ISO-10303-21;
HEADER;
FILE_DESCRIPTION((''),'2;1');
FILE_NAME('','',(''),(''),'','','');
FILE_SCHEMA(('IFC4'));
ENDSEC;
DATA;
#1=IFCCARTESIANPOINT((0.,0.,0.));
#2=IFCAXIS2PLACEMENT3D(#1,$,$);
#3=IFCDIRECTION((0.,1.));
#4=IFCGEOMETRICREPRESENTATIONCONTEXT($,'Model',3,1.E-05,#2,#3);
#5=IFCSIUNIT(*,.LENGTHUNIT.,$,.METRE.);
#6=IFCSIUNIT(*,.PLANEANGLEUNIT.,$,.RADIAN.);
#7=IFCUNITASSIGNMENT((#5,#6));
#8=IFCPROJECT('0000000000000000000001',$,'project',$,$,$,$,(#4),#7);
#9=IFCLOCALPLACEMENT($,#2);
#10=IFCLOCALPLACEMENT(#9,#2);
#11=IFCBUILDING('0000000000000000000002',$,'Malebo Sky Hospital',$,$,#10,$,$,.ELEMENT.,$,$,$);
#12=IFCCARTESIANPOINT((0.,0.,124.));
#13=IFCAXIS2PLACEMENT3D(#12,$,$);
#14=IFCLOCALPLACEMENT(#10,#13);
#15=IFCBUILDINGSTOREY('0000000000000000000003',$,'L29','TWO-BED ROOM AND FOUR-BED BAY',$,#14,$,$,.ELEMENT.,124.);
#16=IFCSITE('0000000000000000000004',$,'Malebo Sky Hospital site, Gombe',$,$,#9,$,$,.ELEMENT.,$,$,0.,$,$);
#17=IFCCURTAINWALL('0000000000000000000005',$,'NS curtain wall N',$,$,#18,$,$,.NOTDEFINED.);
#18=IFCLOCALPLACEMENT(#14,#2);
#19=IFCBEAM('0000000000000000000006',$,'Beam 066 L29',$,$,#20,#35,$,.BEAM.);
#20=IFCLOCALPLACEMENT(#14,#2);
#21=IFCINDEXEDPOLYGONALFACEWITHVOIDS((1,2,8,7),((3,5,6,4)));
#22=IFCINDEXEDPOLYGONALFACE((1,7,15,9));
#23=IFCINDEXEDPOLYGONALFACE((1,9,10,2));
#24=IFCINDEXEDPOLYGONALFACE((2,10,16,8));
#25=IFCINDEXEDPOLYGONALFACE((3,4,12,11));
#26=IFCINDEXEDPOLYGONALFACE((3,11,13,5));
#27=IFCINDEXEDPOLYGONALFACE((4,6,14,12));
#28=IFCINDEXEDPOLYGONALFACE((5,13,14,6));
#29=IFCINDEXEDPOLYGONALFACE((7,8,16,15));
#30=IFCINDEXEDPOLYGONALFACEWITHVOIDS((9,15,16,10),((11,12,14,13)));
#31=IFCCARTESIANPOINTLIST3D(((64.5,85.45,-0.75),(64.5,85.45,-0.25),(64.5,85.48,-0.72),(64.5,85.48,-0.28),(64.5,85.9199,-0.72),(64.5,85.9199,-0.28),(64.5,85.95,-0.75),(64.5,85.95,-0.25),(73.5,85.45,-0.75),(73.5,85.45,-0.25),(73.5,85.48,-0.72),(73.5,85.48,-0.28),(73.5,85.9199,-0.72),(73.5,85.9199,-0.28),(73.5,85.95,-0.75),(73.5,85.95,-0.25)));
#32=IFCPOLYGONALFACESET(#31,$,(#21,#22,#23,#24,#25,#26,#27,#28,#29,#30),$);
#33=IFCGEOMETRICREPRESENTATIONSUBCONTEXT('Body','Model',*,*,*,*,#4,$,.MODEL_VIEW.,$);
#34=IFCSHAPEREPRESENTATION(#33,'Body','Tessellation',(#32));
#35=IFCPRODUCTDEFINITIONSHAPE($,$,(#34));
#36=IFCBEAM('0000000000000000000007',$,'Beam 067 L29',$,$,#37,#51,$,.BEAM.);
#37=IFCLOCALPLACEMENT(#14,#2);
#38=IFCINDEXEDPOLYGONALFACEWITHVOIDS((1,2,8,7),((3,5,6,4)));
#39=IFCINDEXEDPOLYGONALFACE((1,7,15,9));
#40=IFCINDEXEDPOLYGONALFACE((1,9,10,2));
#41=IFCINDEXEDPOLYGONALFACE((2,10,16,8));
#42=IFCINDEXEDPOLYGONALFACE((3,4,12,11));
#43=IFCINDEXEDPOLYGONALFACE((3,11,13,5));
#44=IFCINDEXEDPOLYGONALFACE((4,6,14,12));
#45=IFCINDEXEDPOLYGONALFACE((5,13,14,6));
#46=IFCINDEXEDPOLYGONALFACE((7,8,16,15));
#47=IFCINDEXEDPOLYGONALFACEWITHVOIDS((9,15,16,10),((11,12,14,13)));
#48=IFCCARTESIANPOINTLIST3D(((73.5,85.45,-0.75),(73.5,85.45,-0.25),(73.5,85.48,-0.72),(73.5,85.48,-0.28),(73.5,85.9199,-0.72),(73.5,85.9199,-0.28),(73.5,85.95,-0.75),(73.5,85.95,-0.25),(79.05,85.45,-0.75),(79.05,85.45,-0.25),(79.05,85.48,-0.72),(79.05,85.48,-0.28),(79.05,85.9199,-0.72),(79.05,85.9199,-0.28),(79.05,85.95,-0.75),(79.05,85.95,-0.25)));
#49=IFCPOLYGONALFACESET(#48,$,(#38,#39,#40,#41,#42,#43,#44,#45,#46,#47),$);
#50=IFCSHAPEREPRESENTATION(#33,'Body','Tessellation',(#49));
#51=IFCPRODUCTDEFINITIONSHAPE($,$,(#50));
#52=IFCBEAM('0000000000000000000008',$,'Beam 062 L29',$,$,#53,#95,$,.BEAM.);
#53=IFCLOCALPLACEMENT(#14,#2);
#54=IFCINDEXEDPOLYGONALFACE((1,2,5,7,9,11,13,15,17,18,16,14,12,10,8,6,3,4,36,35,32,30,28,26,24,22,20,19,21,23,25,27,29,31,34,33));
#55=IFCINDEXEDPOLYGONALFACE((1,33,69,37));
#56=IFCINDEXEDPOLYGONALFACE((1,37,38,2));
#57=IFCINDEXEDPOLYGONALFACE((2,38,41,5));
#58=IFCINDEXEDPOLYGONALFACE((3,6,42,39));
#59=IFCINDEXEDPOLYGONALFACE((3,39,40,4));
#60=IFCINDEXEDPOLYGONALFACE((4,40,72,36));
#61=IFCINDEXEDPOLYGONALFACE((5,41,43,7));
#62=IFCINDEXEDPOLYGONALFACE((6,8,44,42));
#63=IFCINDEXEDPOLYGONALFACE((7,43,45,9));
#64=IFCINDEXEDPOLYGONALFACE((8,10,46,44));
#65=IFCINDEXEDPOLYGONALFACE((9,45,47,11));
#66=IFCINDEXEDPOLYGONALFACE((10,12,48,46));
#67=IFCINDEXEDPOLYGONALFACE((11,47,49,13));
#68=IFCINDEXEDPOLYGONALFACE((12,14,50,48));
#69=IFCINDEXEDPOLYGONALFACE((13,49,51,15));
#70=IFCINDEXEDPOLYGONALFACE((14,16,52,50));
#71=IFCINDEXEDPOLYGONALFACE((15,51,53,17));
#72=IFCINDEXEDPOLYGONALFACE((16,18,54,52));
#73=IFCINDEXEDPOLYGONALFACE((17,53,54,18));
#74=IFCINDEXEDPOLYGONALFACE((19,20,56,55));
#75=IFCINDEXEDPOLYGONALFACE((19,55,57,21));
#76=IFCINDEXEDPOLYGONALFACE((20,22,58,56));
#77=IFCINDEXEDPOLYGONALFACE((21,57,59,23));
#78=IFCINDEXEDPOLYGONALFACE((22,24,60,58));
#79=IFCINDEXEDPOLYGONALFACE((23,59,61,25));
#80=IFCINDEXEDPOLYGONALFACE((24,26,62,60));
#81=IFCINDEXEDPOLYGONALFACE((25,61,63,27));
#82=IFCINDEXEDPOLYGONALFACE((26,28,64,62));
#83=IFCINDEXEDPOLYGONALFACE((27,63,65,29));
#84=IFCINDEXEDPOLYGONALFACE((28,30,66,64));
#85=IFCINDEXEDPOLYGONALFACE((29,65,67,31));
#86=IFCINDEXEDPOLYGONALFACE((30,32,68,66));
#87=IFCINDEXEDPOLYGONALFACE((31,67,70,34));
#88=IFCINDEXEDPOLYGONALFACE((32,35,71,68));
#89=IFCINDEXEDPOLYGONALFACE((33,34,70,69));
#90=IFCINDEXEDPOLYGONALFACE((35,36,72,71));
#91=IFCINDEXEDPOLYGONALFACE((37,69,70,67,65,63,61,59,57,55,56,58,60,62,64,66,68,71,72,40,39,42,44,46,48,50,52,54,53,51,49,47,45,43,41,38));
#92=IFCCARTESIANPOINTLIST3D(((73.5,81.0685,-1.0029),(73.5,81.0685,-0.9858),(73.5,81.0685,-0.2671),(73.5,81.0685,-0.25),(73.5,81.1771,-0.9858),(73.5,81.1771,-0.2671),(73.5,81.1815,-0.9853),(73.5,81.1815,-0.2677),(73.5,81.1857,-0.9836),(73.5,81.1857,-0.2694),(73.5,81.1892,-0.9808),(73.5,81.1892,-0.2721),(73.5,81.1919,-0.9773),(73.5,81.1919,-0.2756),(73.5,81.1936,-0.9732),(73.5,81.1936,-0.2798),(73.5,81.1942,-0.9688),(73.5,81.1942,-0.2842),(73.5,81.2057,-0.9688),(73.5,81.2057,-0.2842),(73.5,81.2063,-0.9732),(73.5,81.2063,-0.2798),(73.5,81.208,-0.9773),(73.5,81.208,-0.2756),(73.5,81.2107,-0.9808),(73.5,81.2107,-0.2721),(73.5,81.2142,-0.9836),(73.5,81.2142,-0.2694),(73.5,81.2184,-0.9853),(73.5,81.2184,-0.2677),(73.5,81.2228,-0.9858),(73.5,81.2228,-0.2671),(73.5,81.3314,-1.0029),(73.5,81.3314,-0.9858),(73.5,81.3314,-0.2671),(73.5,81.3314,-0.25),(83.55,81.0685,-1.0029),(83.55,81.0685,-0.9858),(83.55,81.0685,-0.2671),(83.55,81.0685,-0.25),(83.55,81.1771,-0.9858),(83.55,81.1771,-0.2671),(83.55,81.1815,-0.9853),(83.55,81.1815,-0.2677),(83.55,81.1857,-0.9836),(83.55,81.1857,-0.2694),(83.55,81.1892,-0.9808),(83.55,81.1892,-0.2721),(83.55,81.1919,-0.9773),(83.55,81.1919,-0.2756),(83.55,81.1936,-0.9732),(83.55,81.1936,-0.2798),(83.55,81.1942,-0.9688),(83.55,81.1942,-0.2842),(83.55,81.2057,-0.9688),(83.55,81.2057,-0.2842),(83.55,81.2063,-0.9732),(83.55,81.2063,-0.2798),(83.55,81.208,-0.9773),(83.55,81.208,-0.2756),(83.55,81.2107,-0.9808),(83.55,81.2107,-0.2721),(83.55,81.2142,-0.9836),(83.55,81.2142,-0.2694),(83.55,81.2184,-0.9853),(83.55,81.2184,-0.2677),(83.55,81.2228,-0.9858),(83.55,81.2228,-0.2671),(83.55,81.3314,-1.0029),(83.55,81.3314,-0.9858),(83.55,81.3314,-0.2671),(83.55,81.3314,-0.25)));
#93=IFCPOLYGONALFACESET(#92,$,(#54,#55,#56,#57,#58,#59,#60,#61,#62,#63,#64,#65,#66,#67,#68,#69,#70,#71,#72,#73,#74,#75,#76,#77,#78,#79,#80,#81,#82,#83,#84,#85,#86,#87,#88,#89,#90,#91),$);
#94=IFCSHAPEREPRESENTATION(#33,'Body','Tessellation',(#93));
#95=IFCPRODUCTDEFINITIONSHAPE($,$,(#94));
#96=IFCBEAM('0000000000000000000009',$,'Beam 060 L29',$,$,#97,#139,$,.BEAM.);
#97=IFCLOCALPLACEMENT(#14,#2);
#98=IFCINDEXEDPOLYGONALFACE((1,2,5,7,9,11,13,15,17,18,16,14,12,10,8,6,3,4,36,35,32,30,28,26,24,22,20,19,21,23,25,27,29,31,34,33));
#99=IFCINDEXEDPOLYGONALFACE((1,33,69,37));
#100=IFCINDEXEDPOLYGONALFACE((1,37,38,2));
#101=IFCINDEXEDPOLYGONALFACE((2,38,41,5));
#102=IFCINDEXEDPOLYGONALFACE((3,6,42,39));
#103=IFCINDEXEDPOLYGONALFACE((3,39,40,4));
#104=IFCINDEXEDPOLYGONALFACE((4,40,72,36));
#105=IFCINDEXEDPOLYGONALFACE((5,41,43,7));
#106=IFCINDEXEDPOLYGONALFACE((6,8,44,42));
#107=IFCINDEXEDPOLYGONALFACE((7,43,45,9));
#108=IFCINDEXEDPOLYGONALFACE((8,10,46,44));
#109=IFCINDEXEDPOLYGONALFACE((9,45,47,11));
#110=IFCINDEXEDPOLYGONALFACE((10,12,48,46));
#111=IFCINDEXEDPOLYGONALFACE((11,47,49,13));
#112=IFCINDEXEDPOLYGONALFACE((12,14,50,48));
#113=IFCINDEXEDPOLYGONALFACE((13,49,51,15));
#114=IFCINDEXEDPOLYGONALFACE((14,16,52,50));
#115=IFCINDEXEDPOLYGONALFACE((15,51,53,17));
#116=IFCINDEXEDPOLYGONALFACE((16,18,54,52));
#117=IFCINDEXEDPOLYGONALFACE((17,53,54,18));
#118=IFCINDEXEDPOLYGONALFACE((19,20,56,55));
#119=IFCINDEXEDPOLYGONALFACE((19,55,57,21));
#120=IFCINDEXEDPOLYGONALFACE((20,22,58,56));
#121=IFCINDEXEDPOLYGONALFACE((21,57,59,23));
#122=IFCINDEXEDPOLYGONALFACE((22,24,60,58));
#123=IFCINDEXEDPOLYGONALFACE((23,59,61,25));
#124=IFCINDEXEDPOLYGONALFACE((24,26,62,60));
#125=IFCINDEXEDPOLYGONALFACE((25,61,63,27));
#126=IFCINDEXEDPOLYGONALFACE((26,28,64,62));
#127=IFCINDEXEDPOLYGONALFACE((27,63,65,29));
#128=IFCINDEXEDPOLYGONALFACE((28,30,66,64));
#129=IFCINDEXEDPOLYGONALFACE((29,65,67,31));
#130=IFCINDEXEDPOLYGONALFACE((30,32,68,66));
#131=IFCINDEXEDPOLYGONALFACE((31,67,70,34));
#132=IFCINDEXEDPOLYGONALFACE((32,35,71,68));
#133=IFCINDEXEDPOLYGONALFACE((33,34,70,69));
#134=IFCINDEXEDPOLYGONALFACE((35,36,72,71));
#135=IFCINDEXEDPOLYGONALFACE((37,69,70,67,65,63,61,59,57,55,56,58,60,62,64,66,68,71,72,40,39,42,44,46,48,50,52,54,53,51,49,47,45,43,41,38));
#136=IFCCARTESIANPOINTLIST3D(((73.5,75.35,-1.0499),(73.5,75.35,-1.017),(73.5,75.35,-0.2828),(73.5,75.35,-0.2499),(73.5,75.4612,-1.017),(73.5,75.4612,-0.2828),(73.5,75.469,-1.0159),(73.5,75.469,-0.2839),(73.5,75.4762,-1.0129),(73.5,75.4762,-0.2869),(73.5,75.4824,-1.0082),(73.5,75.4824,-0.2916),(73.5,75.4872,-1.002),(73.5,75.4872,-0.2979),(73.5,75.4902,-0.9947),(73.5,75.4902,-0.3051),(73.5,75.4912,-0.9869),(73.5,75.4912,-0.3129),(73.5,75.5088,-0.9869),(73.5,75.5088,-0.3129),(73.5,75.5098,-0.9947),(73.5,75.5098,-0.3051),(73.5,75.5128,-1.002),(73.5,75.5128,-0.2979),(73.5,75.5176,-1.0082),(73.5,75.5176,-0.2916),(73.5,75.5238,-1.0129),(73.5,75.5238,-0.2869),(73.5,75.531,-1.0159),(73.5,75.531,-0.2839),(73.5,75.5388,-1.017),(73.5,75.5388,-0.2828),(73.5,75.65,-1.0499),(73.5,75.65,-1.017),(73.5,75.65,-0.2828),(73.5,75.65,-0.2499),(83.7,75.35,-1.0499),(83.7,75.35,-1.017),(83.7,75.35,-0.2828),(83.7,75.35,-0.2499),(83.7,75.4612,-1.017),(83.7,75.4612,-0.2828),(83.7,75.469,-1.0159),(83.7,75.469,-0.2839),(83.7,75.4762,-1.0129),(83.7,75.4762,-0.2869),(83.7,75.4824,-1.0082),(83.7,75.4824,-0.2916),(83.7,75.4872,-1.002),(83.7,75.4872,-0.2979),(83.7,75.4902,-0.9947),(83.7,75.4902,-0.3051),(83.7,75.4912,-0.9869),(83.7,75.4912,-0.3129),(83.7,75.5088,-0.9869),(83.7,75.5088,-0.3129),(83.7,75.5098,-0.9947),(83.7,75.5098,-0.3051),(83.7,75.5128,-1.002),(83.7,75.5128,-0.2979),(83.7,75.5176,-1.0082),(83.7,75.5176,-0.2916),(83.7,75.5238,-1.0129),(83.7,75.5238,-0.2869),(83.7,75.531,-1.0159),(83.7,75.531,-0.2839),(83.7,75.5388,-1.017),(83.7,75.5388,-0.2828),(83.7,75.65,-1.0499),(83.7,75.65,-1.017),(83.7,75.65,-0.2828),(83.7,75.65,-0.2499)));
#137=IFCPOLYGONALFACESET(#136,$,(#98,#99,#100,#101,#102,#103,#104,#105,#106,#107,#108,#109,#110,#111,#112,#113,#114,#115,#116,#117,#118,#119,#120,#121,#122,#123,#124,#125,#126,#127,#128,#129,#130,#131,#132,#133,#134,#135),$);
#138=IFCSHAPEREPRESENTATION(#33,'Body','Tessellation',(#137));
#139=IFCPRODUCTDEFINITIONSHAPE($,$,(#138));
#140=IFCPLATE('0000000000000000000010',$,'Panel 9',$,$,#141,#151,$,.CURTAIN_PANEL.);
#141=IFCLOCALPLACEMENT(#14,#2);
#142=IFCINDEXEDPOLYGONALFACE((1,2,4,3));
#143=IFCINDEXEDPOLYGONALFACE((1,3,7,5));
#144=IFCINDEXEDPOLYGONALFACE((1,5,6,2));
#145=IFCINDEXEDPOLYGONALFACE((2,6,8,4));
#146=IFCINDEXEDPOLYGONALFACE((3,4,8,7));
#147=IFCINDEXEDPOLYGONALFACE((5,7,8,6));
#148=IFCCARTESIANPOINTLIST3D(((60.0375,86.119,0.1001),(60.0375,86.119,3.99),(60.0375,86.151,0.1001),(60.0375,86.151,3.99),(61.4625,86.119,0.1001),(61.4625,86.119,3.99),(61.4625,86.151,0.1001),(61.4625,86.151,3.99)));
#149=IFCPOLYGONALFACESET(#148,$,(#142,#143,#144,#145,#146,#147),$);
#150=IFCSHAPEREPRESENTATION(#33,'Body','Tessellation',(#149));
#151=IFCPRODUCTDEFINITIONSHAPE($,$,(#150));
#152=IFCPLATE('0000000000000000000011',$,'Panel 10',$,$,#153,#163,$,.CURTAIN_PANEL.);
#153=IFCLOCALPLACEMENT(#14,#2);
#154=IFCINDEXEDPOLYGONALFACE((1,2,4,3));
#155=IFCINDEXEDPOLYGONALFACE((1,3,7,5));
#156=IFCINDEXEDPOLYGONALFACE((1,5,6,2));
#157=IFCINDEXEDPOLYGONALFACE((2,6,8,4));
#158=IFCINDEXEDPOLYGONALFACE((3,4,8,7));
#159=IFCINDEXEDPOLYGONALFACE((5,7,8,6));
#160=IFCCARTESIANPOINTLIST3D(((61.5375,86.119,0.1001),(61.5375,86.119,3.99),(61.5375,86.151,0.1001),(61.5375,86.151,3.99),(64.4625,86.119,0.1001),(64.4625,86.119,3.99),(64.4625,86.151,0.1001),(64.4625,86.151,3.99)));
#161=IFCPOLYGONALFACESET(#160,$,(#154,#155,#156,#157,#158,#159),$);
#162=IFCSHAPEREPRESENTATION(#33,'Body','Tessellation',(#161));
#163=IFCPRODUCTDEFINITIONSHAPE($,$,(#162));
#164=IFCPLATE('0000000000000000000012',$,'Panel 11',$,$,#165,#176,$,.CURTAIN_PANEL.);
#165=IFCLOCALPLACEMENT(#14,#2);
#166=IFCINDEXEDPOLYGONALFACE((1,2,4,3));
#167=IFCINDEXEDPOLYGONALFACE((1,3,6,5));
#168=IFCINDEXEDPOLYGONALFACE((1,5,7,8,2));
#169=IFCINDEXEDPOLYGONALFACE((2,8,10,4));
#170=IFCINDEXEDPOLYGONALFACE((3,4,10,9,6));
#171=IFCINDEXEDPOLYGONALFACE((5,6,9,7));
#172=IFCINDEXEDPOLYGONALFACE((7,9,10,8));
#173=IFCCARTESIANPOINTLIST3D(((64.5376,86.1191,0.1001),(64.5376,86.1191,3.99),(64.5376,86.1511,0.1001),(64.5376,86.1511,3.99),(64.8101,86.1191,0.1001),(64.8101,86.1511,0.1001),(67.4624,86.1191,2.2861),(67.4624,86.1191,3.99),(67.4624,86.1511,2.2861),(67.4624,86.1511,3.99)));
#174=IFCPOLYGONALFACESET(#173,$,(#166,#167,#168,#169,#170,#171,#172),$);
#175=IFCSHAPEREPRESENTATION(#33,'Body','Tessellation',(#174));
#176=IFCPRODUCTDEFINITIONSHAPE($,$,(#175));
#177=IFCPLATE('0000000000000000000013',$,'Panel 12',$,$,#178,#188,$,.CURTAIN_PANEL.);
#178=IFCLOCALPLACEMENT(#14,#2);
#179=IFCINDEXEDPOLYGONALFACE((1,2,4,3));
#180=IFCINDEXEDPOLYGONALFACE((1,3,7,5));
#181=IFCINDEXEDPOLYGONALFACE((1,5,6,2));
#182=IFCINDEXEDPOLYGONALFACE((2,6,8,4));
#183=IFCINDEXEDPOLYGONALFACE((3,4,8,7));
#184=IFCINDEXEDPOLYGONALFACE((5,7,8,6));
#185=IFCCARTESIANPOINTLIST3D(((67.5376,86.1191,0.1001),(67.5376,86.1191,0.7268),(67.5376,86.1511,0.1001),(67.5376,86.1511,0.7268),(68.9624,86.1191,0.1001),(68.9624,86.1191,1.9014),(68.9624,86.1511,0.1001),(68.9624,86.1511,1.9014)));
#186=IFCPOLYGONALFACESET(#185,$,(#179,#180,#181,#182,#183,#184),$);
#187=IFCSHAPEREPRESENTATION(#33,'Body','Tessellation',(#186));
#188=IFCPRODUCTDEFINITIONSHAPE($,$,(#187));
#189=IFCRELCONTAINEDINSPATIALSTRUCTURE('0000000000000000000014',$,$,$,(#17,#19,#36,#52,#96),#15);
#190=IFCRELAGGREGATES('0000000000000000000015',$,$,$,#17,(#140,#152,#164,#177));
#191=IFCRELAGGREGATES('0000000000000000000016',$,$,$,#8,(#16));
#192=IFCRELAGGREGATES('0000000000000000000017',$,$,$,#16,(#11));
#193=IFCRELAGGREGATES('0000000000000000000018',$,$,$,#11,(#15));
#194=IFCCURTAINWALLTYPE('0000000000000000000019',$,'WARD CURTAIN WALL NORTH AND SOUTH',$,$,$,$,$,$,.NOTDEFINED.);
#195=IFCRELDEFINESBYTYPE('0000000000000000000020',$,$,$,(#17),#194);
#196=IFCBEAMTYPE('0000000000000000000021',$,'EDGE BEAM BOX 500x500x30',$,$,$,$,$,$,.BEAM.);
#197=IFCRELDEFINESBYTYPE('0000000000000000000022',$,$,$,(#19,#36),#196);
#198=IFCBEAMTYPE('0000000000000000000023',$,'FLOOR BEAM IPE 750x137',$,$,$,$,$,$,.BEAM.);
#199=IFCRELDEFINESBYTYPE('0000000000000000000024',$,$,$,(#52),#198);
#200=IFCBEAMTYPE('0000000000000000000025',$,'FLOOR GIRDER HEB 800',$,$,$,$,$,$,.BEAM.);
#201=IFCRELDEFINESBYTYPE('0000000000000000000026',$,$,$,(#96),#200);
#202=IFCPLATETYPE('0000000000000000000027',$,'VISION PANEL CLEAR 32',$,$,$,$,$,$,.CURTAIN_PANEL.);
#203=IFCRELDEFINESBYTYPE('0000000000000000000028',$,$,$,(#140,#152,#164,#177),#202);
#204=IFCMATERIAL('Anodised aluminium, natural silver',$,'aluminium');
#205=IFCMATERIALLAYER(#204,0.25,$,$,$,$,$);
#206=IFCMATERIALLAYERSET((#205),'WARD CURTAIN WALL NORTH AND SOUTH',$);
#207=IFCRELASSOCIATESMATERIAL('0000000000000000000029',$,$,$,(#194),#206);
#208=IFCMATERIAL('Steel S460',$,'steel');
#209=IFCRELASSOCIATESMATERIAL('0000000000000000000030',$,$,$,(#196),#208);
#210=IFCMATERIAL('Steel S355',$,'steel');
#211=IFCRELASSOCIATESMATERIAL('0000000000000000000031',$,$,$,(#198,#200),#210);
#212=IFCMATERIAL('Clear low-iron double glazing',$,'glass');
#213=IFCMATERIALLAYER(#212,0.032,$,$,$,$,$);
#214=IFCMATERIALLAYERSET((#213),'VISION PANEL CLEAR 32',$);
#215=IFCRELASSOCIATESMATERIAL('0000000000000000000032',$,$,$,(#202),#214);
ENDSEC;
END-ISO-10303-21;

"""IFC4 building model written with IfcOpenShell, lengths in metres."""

from ifc_helpers import new_model, si_unit, direction, frame, origin, origin_2d, place, context, subcontext, project, spatial, polyline, rectangle, hollow_rectangle, i_section, outline, extrude, material, layer, layer_set, material_profile, profile_set, type_object, element, aggregate, save


model = new_model("IFC4")

# Units and contexts
model_context = context("Model", 3, precision=1e-05, world=origin(), true_north=direction((0.0, 1.0)))
body_context = subcontext(model_context, "Body", "Model", "MODEL_VIEW")
ifc_project = project(units=[si_unit("LENGTHUNIT", "METRE"), si_unit("PLANEANGLEUNIT", "RADIAN")], contexts=[model_context])

# Site, building, storey
site_placement = place(None, origin())
site = spatial("IfcSite", under=ifc_project, at=site_placement, Name="Malebo Sky Hospital site, Gombe", CompositionType="ELEMENT", RefElevation=0.0)
building_placement = place(site_placement, origin())
building = spatial("IfcBuilding", under=site, at=building_placement, Name="Malebo Sky Hospital", CompositionType="ELEMENT")
storey_placement = place(building_placement, frame((0.0, 0.0, 124.0)))
storey = spatial("IfcBuildingStorey", under=building, at=storey_placement, Name="L29", Description="TWO-BED ROOM AND FOUR-BED BAY", CompositionType="ELEMENT", Elevation=124.0)

# Shared definitions
ifc_material_1 = material(Name="Steel S460", Category="steel")

# Curtain wall
ifc_material_2 = material(Name="Anodised aluminium, natural silver", Category="aluminium")
ifc_layer_1 = layer(ifc_material_2, 0.25)
ifc_layer_set_1 = layer_set([ifc_layer_1], Name="WARD CURTAIN WALL NORTH AND SOUTH")
curtain_wall_type = type_object("IfcCurtainWallType", Name="WARD CURTAIN WALL NORTH AND SOUTH", PredefinedType="NOTDEFINED", material=ifc_layer_set_1)
curtain_wall_placement = place(storey_placement, origin())
curtain_wall = element("IfcCurtainWall", 1, at=curtain_wall_placement, inside=storey, type_object=curtain_wall_type, Name="NS curtain wall N", PredefinedType="NOTDEFINED")

# Shared definitions
ifc_material_3 = material(Name="Steel S355", Category="steel")

# Beams
ifc_material_profile_1 = material_profile(ifc_material_1, hollow_rectangle(XDim=0.5, YDim=0.5, WallThickness=0.03, at=origin_2d()), Name="BOX 500x500x30")
ifc_profile_set_1 = profile_set([ifc_material_profile_1], Name="Steel S460")
beam_type_1 = type_object("IfcBeamType", Name="EDGE BEAM BOX 500x500x30", PredefinedType="BEAM", material=ifc_profile_set_1)
beam_1_placement = place(storey_placement, frame((64.5, 85.7, -0.5), z_axis=(1.0, 0.0, 0.0), x_axis=(0.0, 1.0, 0.0)))
element("IfcBeam", 2, at=beam_1_placement, inside=storey, type_object=beam_type_1, Name="Beam 066 L29", PredefinedType="BEAM", context=body_context, shape_type="SweptSolid", body=[
    extrude(hollow_rectangle(XDim=0.5, YDim=0.5, WallThickness=0.03, at=origin_2d()), origin(), (0.0, 0.0, 1.0), 9.0),
])
beam_2_placement = place(storey_placement, frame((73.5, 85.7, -0.5), z_axis=(1.0, 0.0, 0.0), x_axis=(0.0, 1.0, 0.0)))
element("IfcBeam", 3, at=beam_2_placement, inside=storey, type_object=beam_type_1, Name="Beam 067 L29", PredefinedType="BEAM", context=body_context, shape_type="SweptSolid", body=[
    extrude(hollow_rectangle(XDim=0.5, YDim=0.5, WallThickness=0.03, at=origin_2d()), origin(), (0.0, 0.0, 1.0), 5.55),
])
ifc_material_profile_2 = material_profile(ifc_material_3, i_section(OverallWidth=0.2629, OverallDepth=0.7529, WebThickness=0.0115, FlangeThickness=0.0171, FilletRadius=0.0171, at=origin_2d()), Name="IPE 750x137")
ifc_profile_set_2 = profile_set([ifc_material_profile_2], Name="Steel S355")
beam_type_2 = type_object("IfcBeamType", Name="FLOOR BEAM IPE 750x137", PredefinedType="BEAM", material=ifc_profile_set_2)
beam_3_placement = place(storey_placement, frame((73.5, 81.2, -0.6265), z_axis=(1.0, 0.0, 0.0), x_axis=(0.0, 1.0, 0.0)))
element("IfcBeam", 4, at=beam_3_placement, inside=storey, type_object=beam_type_2, Name="Beam 062 L29", PredefinedType="BEAM", context=body_context, shape_type="SweptSolid", body=[
    extrude(i_section(OverallWidth=0.2629, OverallDepth=0.7529, WebThickness=0.0115, FlangeThickness=0.0171, FilletRadius=0.0171, at=origin_2d()), origin(), (0.0, 0.0, 1.0), 10.05),
])
ifc_material_profile_3 = material_profile(ifc_material_3, i_section(OverallWidth=0.3, OverallDepth=0.8, WebThickness=0.0176, FlangeThickness=0.033, FilletRadius=0.03, at=origin_2d()), Name="HEB 800")
ifc_profile_set_3 = profile_set([ifc_material_profile_3], Name="Steel S355")
beam_type_3 = type_object("IfcBeamType", Name="FLOOR GIRDER HEB 800", PredefinedType="BEAM", material=ifc_profile_set_3)
beam_4_placement = place(storey_placement, frame((73.5, 75.5, -0.6499), z_axis=(1.0, 0.0, 0.0), x_axis=(0.0, 1.0, 0.0)))
element("IfcBeam", 5, at=beam_4_placement, inside=storey, type_object=beam_type_3, Name="Beam 060 L29", PredefinedType="BEAM", context=body_context, shape_type="SweptSolid", body=[
    extrude(i_section(OverallWidth=0.3, OverallDepth=0.8, WebThickness=0.0176, FlangeThickness=0.033, FilletRadius=0.03, at=origin_2d()), origin(), (0.0, 0.0, 1.0), 10.2),
])

# Plates
ifc_material_4 = material(Name="Clear low-iron double glazing", Category="glass")
ifc_layer_2 = layer(ifc_material_4, 0.032)
ifc_layer_set_2 = layer_set([ifc_layer_2], Name="VISION PANEL CLEAR 32")
plate_type = type_object("IfcPlateType", Name="VISION PANEL CLEAR 32", PredefinedType="CURTAIN_PANEL", material=ifc_layer_set_2)
plate_1_placement = place(storey_placement, frame((60.75, 86.135, 0.1001), z_axis=(0.0, 0.0, 1.0), x_axis=(1.0, 0.0, 0.0)))
plate_1 = element("IfcPlate", 6, at=plate_1_placement, type_object=plate_type, Name="Panel 9", PredefinedType="CURTAIN_PANEL", context=body_context, shape_type="SweptSolid", body=[
    extrude(rectangle(XDim=1.425, YDim=0.032, at=origin_2d()), origin(), (0.0, 0.0, 1.0), 3.8899),
])
plate_2_placement = place(storey_placement, frame((63.0, 86.135, 0.1001), z_axis=(0.0, 0.0, 1.0), x_axis=(1.0, 0.0, 0.0)))
plate_2 = element("IfcPlate", 7, at=plate_2_placement, type_object=plate_type, Name="Panel 10", PredefinedType="CURTAIN_PANEL", context=body_context, shape_type="SweptSolid", body=[
    extrude(rectangle(XDim=2.925, YDim=0.032, at=origin_2d()), origin(), (0.0, 0.0, 1.0), 3.8899),
])
plate_3_placement = place(storey_placement, frame((66.0, 86.135, 0.1001), z_axis=(0.0, 0.0, 1.0), x_axis=(1.0, 0.0, 0.0)))
plate_3 = element("IfcPlate", 8, at=plate_3_placement, type_object=plate_type, Name="Panel 11", PredefinedType="CURTAIN_PANEL", context=body_context, shape_type="SweptSolid", body=[
    extrude(outline(polyline([(-1.4624, 0.0), (-1.1899, 0.0), (1.4624, 2.186), (1.4624, 3.8899), (-1.4624, 3.8899), (-1.4624, 0.0)])), frame((0.0, 0.0161, 0.0), z_axis=(0.0, -1.0, 0.0), x_axis=(1.0, 0.0, 0.0)), (0.0, 0.0, 1.0), 0.032),
])
plate_4_placement = place(storey_placement, frame((68.25, 86.135, 0.1001), z_axis=(0.0, 0.0, 1.0), x_axis=(1.0, 0.0, 0.0)))
plate_4 = element("IfcPlate", 9, at=plate_4_placement, type_object=plate_type, Name="Panel 12", PredefinedType="CURTAIN_PANEL", context=body_context, shape_type="SweptSolid", body=[
    extrude(outline(polyline([(-0.7124, 0.0), (0.7124, 0.0), (0.7124, 1.8013), (-0.7124, 0.6267), (-0.7124, 0.0)])), frame((0.0, 0.0161, 0.0), z_axis=(0.0, -1.0, 0.0), x_axis=(1.0, 0.0, 0.0)), (0.0, 0.0, 1.0), 0.032),
])
aggregate(curtain_wall, [plate_1, plate_2, plate_3, plate_4])

save(model, "model.ifc")
